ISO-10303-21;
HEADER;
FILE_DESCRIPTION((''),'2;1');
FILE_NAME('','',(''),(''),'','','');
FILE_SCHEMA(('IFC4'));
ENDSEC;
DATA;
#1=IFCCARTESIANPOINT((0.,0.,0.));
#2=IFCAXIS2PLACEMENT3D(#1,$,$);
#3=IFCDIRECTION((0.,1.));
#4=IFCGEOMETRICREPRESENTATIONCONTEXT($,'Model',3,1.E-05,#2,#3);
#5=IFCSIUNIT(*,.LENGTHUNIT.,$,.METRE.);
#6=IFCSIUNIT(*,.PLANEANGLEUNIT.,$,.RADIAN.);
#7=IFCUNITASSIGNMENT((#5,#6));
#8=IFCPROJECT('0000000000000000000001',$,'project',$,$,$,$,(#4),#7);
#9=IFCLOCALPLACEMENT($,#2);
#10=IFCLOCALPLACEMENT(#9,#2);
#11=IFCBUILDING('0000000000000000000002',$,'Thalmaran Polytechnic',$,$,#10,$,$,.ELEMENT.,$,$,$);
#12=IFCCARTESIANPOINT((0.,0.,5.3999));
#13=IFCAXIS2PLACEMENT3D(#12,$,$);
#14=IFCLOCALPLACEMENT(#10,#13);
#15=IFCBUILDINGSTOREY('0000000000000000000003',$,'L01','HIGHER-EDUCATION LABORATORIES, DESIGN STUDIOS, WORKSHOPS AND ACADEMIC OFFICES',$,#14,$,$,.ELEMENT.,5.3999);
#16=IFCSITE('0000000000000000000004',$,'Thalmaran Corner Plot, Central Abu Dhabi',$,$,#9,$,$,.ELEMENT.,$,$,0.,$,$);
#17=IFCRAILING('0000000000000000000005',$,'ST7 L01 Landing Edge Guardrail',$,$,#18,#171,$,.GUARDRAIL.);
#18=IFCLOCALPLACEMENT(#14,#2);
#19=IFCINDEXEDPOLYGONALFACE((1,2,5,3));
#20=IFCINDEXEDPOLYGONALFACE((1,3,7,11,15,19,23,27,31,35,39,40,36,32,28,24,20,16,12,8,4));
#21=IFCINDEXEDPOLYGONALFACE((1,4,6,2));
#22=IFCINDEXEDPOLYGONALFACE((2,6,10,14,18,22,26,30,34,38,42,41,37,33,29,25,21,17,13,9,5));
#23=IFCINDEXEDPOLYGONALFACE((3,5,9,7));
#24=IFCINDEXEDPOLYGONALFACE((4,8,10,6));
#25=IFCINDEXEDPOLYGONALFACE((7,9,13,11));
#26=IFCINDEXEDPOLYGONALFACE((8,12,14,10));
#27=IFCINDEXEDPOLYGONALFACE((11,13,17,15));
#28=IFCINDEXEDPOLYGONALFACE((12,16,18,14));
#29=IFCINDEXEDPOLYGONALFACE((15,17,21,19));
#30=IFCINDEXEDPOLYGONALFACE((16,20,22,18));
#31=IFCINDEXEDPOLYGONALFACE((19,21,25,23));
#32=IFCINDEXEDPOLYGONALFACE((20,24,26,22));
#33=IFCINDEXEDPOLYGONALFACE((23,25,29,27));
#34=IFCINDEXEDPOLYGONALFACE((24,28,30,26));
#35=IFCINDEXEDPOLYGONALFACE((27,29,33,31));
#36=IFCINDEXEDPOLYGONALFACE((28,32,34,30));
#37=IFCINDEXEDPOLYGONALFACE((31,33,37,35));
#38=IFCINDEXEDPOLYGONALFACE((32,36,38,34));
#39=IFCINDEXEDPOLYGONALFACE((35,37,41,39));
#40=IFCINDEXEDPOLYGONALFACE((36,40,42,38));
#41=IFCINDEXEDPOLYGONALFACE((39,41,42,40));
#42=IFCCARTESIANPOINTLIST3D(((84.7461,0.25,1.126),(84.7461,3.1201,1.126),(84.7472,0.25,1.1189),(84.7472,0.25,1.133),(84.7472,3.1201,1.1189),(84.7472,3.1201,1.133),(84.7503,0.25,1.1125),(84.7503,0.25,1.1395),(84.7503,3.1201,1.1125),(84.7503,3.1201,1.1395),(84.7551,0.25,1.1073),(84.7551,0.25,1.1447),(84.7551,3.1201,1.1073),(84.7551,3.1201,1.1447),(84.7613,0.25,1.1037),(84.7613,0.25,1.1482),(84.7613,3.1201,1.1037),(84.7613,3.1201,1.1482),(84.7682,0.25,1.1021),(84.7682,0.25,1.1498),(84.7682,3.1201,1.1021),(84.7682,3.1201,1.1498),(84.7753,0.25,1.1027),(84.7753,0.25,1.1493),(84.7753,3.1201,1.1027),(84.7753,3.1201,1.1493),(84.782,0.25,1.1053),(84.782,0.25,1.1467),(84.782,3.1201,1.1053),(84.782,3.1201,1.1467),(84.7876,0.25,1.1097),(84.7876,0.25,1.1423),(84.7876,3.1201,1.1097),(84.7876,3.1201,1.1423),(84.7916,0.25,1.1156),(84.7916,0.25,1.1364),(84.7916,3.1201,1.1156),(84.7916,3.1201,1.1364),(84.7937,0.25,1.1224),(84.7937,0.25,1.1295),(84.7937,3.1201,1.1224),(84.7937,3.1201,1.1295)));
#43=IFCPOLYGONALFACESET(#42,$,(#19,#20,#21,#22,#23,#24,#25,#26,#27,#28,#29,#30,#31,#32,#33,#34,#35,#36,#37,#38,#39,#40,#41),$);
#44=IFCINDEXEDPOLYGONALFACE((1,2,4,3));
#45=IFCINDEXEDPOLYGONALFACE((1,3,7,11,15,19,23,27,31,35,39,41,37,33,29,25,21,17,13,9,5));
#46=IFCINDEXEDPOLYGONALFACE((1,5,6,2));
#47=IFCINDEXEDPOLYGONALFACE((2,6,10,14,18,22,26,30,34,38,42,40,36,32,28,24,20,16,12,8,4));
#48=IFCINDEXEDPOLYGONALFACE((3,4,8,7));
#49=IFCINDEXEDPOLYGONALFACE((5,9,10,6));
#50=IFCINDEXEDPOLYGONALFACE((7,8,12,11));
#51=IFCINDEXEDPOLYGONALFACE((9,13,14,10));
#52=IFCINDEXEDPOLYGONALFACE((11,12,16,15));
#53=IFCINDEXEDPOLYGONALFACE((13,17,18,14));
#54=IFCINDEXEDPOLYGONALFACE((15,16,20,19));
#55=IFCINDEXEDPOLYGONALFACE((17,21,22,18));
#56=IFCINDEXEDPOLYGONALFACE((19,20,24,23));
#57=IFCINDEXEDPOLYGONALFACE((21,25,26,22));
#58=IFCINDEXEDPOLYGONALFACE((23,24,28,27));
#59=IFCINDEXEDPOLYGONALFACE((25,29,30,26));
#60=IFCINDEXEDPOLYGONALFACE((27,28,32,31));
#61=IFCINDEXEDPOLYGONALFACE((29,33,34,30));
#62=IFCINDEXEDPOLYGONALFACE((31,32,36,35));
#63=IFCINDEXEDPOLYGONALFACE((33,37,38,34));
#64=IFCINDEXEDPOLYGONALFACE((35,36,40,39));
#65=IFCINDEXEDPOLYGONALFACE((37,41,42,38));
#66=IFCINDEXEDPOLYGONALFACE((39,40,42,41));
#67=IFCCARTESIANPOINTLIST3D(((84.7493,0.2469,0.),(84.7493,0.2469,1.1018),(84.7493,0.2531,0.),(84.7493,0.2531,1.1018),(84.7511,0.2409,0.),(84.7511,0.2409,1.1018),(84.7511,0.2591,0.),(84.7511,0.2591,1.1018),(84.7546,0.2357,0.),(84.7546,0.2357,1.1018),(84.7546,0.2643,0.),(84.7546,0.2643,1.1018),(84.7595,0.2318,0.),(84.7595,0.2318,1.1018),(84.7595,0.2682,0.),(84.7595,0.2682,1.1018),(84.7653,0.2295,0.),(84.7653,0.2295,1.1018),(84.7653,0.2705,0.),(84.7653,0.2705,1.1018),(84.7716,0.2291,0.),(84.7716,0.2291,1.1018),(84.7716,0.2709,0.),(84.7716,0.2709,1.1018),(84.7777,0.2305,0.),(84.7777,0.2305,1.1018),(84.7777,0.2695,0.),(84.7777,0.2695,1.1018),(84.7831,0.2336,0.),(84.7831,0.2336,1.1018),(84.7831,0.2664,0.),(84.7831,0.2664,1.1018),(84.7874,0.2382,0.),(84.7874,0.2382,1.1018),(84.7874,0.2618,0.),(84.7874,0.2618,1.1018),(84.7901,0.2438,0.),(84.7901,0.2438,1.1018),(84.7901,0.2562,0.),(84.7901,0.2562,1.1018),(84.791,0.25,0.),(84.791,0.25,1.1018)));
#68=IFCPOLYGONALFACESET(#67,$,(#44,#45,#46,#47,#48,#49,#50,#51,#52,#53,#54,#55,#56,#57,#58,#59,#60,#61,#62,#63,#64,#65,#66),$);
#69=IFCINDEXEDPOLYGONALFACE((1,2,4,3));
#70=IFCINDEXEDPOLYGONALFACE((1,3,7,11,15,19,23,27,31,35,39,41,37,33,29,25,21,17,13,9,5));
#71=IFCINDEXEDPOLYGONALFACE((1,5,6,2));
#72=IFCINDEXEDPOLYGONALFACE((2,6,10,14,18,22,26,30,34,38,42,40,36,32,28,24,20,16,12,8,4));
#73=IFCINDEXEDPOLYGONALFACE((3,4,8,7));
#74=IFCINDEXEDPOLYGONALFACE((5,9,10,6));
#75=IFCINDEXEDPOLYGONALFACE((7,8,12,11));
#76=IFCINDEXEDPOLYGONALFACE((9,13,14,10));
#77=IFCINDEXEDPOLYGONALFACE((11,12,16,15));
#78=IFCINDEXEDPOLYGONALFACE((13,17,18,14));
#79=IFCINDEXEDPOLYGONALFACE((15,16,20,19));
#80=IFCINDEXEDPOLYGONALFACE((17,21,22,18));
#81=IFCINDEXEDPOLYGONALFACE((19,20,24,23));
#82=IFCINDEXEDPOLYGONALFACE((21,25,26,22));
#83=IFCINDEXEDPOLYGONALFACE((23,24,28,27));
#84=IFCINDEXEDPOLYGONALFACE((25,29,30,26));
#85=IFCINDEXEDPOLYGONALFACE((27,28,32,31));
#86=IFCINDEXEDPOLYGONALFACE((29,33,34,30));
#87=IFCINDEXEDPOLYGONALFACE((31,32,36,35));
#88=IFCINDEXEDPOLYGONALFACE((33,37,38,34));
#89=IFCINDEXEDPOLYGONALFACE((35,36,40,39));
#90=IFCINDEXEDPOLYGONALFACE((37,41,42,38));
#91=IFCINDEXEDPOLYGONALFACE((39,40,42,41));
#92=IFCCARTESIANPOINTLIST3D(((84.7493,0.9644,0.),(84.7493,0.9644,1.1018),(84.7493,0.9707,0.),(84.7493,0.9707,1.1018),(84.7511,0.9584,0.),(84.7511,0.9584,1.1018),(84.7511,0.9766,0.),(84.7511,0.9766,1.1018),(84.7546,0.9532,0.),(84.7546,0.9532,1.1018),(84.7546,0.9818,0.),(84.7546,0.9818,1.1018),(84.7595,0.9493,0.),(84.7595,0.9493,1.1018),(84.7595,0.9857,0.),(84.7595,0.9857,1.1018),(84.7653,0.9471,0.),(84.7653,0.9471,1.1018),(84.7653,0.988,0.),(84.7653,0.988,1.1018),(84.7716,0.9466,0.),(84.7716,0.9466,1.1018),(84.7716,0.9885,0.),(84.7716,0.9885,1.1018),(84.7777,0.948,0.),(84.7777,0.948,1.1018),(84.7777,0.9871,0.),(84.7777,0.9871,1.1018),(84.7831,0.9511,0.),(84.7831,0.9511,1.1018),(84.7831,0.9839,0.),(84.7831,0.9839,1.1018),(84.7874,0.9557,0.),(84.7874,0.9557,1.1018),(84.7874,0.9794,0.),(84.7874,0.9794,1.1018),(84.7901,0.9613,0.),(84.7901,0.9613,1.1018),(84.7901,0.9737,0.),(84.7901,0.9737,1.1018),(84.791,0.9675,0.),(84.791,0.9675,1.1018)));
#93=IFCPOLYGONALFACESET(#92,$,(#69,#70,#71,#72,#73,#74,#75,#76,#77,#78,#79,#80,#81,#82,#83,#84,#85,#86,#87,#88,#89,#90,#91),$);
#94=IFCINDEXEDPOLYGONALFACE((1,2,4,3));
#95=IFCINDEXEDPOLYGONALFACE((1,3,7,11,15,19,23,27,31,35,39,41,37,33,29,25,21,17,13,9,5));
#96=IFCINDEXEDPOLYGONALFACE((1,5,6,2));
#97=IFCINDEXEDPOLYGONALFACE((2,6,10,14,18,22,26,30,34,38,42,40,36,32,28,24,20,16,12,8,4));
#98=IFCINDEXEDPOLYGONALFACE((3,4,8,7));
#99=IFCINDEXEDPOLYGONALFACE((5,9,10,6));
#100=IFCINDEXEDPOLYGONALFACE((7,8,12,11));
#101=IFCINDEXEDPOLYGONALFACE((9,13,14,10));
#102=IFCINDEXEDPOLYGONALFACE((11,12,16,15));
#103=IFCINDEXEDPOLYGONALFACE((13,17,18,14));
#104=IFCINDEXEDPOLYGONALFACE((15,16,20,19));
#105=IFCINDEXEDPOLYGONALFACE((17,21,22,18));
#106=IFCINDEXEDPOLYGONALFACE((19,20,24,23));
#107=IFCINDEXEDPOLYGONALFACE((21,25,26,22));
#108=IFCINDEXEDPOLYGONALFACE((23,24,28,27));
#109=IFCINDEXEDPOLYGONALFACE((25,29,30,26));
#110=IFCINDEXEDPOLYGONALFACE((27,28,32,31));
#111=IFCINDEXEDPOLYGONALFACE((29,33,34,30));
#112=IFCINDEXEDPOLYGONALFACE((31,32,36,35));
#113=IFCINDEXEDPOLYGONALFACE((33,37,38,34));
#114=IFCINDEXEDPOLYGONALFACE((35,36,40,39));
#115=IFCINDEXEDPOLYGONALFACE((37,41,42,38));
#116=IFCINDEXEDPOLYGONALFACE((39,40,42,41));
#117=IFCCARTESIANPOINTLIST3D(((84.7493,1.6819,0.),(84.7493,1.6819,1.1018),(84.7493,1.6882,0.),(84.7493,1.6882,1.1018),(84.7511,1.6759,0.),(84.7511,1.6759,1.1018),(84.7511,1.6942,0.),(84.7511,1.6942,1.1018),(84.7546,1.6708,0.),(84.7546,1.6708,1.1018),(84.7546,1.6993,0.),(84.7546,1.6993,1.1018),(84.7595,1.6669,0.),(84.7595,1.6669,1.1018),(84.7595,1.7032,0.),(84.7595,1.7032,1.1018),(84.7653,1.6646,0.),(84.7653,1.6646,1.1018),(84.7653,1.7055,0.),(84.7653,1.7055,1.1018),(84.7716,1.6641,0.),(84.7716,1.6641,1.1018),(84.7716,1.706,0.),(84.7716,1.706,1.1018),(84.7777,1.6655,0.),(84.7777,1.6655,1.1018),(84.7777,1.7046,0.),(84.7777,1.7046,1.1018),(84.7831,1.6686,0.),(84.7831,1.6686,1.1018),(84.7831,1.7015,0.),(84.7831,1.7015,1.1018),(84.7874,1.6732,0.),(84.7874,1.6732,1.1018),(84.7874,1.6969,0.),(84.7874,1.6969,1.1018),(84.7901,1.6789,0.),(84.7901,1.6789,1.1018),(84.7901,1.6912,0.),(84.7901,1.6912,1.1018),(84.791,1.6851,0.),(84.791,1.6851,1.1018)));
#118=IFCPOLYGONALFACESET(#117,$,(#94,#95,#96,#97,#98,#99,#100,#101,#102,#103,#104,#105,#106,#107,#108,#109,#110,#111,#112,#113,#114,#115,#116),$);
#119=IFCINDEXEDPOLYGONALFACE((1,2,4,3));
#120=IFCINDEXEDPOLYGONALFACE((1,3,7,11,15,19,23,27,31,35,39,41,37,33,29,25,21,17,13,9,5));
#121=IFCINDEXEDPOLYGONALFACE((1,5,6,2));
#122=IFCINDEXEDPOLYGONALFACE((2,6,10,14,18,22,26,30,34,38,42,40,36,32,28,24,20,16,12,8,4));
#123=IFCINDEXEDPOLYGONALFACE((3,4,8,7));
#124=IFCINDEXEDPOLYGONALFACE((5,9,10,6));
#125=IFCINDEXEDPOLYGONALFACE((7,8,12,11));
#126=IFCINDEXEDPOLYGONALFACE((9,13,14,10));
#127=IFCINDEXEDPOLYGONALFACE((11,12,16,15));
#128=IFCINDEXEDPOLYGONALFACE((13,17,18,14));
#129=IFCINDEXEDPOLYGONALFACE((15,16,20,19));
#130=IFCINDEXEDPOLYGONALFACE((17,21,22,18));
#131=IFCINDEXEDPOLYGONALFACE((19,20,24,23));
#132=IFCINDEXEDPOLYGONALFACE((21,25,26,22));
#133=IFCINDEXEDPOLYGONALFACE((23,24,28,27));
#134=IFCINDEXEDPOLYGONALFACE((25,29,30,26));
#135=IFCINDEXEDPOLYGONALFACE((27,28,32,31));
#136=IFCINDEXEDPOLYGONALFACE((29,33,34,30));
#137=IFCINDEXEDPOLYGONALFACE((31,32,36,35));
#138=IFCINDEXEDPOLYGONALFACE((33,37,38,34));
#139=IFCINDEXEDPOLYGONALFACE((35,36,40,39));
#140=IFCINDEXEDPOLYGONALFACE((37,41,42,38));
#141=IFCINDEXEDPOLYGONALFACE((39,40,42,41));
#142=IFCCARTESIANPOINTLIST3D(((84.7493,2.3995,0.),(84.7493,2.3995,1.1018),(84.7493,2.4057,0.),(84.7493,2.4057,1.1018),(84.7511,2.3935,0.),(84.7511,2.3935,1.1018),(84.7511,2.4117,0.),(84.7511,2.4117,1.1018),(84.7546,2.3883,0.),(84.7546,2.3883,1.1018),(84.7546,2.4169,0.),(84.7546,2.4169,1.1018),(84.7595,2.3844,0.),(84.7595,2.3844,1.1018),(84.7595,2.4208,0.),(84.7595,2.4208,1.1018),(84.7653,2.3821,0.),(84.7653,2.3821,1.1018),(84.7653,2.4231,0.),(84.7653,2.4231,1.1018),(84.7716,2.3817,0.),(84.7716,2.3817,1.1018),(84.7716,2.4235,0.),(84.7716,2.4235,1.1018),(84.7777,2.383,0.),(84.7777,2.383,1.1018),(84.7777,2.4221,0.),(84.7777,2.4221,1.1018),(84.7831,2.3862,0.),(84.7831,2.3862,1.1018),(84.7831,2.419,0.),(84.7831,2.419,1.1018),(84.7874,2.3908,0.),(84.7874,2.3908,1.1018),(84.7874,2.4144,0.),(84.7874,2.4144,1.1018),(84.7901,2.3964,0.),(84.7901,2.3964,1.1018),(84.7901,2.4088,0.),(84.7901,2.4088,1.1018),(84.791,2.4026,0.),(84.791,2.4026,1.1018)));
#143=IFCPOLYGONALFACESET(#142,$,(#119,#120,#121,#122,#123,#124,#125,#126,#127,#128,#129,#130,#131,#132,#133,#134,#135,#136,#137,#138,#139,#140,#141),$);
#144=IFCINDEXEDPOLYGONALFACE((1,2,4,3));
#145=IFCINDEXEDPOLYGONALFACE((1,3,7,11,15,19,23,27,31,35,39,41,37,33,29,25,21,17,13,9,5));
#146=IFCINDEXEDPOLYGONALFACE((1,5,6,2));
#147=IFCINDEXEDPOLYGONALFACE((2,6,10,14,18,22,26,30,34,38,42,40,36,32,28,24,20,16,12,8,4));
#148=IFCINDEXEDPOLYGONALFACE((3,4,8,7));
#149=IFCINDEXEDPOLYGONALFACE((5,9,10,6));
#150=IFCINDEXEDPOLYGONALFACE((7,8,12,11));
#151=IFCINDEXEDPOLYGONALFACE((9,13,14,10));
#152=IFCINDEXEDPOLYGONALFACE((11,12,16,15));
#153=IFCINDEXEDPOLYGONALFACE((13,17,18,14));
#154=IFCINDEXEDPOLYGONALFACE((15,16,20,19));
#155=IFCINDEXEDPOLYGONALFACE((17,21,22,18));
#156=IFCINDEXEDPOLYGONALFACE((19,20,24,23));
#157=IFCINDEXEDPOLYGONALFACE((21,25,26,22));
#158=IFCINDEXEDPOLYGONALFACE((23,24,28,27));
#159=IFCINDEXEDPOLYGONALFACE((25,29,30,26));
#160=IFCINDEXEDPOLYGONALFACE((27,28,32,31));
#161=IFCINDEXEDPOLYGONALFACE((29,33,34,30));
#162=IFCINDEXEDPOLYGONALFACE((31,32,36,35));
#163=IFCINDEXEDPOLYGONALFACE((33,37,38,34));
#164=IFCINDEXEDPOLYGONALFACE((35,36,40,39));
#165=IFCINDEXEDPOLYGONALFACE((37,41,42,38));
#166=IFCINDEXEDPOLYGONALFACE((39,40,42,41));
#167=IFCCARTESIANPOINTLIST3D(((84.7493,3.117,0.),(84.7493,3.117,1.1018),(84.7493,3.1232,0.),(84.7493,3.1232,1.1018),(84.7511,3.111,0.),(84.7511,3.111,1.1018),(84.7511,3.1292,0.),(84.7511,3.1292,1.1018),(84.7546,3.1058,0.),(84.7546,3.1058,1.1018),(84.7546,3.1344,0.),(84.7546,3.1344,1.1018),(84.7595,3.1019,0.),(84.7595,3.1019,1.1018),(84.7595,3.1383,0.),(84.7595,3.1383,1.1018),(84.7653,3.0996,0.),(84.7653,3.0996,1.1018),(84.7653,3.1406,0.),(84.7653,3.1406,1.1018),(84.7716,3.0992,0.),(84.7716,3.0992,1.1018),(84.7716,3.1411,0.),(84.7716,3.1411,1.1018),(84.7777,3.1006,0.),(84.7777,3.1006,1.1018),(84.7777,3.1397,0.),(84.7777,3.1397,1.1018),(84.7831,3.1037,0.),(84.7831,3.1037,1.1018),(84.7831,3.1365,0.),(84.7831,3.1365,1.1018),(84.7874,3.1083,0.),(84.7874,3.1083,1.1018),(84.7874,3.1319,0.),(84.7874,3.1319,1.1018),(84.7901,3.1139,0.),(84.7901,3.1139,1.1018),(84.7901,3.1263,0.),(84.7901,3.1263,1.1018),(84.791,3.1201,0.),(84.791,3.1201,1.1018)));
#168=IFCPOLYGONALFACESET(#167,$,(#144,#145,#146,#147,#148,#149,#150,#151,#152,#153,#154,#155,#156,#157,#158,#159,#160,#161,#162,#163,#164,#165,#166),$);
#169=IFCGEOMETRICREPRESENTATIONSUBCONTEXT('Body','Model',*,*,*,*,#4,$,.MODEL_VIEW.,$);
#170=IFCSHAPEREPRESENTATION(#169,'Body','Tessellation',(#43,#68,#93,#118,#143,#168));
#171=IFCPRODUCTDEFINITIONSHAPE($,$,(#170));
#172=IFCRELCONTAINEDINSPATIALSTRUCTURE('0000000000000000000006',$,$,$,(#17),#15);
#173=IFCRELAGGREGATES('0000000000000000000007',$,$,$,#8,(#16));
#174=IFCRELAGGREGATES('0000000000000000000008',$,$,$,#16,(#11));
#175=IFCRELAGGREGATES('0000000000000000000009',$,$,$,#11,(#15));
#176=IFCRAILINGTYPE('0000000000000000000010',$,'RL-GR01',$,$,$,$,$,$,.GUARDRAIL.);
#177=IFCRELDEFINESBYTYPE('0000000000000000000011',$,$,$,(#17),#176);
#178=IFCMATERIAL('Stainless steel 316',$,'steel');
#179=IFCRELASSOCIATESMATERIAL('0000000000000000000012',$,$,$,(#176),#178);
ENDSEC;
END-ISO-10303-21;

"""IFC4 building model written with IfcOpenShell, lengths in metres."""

from ifc_helpers import new_model, si_unit, direction, frame, origin, origin_2d, place, context, subcontext, project, spatial, circle, extrude, material, type_object, element, save


model = new_model("IFC4")

# Units and contexts
model_context = context("Model", 3, precision=1e-05, world=origin(), true_north=direction((0.0, 1.0)))
body_context = subcontext(model_context, "Body", "Model", "MODEL_VIEW")
ifc_project = project(units=[si_unit("LENGTHUNIT", "METRE"), si_unit("PLANEANGLEUNIT", "RADIAN")], contexts=[model_context])

# Site, building, storey
site_placement = place(None, origin())
site = spatial("IfcSite", under=ifc_project, at=site_placement, Name="Thalmaran Corner Plot, Central Abu Dhabi", CompositionType="ELEMENT", RefElevation=0.0)
building_placement = place(site_placement, origin())
building = spatial("IfcBuilding", under=site, at=building_placement, Name="Thalmaran Polytechnic", CompositionType="ELEMENT")
storey_placement = place(building_placement, frame((0.0, 0.0, 5.3999)))
storey = spatial("IfcBuildingStorey", under=building, at=storey_placement, Name="L01", Description="HIGHER-EDUCATION LABORATORIES, DESIGN STUDIOS, WORKSHOPS AND ACADEMIC OFFICES", CompositionType="ELEMENT", Elevation=5.3999)

# Railing
ifc_material_1 = material(Name="Stainless steel 316", Category="steel")
railing_type_1 = type_object("IfcRailingType", Name="RL-GR01", PredefinedType="GUARDRAIL", material=ifc_material_1)
railing_1_placement = place(storey_placement, frame((84.77, 0.25, 0.0)))
element("IfcRailing", 1, at=railing_1_placement, inside=storey, type_object=railing_type_1, Name="ST7 L01 Landing Edge Guardrail", PredefinedType="GUARDRAIL", context=body_context, shape_type="SweptSolid", body=[
    extrude(circle(Radius=0.0239, at=origin_2d()), frame((0.0, 0.0, 1.126), z_axis=(0.0, 1.0, 0.0), x_axis=(-1.0, 0.0, 0.0)), (0.0, 0.0, 1.0), 2.8701),
    extrude(circle(Radius=0.021, at=origin_2d()), origin(), (0.0, 0.0, 1.0), 1.1018),
    extrude(circle(Radius=0.021, at=origin_2d()), frame((0.0, 0.7175, 0.0)), (0.0, 0.0, 1.0), 1.1018),
    extrude(circle(Radius=0.021, at=origin_2d()), frame((0.0, 1.4351, 0.0)), (0.0, 0.0, 1.0), 1.1018),
    extrude(circle(Radius=0.021, at=origin_2d()), frame((0.0, 2.1526, 0.0)), (0.0, 0.0, 1.0), 1.1018),
    extrude(circle(Radius=0.021, at=origin_2d()), frame((0.0, 2.8701, 0.0)), (0.0, 0.0, 1.0), 1.1018),
])

save(model, "model.ifc")
